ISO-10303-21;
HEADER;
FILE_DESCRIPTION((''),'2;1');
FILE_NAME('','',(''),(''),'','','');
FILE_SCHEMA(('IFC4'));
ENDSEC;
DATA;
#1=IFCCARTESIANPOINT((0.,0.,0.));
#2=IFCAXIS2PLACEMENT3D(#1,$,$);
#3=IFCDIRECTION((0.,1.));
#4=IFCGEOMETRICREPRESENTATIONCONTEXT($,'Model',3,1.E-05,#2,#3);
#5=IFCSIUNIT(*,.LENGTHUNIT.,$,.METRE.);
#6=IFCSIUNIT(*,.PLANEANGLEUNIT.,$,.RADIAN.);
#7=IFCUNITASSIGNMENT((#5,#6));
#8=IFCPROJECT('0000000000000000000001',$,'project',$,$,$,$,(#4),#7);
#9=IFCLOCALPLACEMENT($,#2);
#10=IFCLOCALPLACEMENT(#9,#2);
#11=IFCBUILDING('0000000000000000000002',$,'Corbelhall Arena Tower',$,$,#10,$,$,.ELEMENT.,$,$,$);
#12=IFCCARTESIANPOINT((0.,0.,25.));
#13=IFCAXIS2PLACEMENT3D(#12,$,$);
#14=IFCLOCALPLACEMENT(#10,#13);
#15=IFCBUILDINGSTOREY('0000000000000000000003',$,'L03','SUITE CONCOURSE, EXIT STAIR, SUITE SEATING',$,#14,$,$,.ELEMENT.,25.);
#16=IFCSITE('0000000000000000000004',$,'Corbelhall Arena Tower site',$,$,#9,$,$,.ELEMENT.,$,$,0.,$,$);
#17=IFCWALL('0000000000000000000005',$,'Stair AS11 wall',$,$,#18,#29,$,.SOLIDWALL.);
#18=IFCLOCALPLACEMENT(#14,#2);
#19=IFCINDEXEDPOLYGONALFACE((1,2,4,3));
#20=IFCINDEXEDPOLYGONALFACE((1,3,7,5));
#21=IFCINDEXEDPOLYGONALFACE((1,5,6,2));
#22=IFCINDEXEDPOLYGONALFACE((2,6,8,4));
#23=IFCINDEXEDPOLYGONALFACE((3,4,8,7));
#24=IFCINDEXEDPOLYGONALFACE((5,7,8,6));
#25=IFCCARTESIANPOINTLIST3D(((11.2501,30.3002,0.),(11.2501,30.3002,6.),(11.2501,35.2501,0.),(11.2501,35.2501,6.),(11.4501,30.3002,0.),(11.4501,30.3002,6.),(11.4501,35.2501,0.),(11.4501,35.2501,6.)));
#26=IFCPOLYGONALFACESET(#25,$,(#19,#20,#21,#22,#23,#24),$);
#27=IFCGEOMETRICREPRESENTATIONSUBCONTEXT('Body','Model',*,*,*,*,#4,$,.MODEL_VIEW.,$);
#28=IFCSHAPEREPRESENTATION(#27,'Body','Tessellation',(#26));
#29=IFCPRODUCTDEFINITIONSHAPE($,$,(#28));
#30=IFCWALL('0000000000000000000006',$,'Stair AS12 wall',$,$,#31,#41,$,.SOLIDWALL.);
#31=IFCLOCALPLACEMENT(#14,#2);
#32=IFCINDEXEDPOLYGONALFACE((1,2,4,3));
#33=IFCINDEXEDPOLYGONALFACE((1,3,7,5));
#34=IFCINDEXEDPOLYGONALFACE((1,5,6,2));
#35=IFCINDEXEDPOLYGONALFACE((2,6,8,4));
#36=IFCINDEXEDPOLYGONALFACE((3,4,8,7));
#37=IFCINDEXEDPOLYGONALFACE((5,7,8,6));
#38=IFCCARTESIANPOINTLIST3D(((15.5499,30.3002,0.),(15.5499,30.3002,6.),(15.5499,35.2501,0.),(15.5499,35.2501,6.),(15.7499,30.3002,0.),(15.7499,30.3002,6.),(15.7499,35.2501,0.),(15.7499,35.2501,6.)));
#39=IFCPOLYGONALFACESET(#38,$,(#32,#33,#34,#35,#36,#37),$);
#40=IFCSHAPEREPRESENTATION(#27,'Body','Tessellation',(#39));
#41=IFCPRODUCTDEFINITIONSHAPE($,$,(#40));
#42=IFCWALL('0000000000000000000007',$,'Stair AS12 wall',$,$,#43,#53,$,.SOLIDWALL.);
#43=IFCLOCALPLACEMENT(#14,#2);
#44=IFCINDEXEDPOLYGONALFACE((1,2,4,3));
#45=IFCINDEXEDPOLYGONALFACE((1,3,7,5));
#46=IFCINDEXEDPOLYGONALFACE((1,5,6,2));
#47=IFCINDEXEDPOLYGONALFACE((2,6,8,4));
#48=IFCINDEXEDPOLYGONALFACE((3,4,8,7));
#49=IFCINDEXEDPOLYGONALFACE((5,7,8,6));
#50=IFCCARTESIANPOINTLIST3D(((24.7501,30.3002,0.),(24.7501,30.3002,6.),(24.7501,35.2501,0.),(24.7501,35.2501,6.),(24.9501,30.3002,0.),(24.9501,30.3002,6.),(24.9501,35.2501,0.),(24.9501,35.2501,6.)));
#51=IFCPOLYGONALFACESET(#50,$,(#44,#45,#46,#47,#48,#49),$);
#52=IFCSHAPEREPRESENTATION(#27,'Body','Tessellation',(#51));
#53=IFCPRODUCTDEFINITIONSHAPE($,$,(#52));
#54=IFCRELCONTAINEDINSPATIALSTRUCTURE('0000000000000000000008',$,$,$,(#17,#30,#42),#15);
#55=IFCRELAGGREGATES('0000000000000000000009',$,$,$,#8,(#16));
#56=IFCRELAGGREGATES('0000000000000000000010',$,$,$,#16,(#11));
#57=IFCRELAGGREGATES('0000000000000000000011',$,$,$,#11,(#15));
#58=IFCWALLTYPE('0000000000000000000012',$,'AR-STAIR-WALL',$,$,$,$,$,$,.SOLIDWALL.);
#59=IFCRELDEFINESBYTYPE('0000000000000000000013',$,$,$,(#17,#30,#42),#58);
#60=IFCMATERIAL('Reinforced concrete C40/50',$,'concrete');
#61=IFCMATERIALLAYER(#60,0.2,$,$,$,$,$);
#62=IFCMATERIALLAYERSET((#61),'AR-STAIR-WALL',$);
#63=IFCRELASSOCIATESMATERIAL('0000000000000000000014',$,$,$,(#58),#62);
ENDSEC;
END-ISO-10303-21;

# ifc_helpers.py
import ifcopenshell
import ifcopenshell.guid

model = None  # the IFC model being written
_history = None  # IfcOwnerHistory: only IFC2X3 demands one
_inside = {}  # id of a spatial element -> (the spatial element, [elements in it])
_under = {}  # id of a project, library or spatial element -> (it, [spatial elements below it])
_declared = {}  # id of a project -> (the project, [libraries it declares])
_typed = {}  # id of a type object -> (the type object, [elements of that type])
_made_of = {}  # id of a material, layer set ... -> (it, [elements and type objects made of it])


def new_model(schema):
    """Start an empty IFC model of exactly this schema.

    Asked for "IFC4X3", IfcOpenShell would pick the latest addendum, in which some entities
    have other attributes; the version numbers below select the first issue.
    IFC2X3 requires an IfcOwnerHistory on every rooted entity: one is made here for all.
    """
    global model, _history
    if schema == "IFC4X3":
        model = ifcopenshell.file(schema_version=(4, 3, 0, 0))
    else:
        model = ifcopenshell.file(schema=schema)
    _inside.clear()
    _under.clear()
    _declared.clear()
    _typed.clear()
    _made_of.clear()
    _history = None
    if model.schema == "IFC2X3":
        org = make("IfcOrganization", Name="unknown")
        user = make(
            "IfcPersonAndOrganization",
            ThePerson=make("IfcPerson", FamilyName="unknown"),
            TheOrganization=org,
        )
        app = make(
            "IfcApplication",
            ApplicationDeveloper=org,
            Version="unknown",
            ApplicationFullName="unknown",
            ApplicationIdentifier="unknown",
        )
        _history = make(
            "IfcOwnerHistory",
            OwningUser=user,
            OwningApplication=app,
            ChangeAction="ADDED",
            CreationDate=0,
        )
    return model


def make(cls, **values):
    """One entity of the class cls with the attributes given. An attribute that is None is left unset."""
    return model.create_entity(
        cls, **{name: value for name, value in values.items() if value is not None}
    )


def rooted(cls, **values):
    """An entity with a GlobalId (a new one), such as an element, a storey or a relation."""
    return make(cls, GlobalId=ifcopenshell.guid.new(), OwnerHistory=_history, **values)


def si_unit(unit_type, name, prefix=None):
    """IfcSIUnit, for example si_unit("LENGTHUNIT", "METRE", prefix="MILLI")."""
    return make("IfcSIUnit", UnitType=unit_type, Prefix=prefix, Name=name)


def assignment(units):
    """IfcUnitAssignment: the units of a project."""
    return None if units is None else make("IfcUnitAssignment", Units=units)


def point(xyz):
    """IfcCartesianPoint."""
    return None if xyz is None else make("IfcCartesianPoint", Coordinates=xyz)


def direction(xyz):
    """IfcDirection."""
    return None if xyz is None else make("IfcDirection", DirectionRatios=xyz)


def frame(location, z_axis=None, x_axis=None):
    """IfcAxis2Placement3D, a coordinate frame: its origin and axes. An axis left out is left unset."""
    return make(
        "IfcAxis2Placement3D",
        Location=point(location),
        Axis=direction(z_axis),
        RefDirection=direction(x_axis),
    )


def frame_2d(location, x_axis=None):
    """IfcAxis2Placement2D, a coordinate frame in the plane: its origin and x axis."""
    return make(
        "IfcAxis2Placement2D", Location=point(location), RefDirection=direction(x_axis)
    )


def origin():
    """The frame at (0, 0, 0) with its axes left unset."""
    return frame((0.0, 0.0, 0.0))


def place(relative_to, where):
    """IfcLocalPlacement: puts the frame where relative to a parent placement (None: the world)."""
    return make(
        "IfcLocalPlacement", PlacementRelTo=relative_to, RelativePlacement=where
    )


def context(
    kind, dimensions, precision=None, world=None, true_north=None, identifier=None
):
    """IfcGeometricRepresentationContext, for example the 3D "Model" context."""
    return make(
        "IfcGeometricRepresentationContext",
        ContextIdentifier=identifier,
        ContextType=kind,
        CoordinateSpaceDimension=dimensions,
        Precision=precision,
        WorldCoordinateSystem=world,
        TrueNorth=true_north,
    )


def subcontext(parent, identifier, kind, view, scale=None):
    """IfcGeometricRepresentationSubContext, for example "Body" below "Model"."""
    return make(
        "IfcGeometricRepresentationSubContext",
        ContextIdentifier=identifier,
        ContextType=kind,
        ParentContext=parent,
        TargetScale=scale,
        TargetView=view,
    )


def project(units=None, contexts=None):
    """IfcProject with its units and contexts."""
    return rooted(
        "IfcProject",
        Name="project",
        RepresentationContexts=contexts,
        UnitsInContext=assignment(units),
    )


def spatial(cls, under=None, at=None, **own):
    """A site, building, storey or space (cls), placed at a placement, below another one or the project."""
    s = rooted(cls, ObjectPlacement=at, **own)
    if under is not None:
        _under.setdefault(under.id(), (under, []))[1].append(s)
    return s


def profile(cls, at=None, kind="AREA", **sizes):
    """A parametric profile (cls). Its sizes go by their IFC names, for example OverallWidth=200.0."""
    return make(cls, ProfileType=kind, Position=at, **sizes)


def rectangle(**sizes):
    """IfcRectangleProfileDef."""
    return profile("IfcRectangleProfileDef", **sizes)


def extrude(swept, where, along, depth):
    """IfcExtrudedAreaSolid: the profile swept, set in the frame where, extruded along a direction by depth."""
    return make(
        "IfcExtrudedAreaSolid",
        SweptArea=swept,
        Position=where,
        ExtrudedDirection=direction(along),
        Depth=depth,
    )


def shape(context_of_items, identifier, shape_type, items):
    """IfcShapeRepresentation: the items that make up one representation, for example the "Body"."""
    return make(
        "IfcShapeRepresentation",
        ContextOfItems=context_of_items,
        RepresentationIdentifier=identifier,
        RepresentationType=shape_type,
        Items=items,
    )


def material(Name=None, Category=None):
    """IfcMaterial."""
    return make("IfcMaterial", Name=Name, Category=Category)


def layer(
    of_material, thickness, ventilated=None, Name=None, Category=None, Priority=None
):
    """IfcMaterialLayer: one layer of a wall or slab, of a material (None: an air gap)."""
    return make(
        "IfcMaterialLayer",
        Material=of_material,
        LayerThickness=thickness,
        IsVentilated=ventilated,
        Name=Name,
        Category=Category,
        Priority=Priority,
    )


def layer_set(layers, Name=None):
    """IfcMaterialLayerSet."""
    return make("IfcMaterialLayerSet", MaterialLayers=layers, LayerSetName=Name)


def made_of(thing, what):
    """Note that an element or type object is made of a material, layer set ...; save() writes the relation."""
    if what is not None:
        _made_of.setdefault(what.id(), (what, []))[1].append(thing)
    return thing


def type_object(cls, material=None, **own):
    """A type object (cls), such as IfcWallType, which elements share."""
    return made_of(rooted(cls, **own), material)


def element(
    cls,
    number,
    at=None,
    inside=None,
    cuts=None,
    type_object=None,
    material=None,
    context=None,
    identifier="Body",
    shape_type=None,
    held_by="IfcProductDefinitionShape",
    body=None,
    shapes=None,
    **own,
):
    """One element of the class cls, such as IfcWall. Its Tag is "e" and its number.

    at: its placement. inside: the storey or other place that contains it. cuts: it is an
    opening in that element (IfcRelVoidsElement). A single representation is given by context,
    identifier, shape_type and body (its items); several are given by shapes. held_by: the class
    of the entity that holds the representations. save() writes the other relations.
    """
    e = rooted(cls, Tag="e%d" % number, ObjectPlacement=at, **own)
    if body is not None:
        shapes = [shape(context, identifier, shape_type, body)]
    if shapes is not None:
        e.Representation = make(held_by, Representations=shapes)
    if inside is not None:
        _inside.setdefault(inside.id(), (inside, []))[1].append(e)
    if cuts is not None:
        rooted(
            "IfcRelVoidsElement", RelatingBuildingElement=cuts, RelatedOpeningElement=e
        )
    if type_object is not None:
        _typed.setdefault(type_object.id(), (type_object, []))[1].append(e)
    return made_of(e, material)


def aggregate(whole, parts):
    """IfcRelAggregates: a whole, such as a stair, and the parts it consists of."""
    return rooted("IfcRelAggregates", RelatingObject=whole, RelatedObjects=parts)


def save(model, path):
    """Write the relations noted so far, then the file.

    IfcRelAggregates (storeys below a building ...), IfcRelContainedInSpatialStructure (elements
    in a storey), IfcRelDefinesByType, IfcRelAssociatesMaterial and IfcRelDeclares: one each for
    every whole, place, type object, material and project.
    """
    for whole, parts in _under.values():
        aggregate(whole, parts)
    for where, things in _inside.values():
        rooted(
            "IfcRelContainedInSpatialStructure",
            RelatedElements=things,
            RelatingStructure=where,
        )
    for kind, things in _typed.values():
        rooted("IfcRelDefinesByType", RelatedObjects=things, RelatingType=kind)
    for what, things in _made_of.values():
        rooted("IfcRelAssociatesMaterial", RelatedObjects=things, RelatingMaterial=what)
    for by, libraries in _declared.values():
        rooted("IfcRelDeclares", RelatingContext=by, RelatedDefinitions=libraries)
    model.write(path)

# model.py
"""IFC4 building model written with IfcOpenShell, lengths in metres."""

from ifc_helpers import new_model, si_unit, direction, frame, frame_2d, origin, place, context, subcontext, project, spatial, rectangle, extrude, material, layer, layer_set, type_object, element, save


model = new_model("IFC4")

# Units and contexts
model_context = context("Model", 3, precision=1e-05, world=origin(), true_north=direction((0.0, 1.0)))
body_context = subcontext(model_context, "Body", "Model", "MODEL_VIEW")
ifc_project = project(units=[si_unit("LENGTHUNIT", "METRE"), si_unit("PLANEANGLEUNIT", "RADIAN")], contexts=[model_context])

# Site, building, storey
site_placement = place(None, origin())
site = spatial("IfcSite", under=ifc_project, at=site_placement, Name="Corbelhall Arena Tower site", CompositionType="ELEMENT", RefElevation=0.0)
building_placement = place(site_placement, origin())
building = spatial("IfcBuilding", under=site, at=building_placement, Name="Corbelhall Arena Tower", CompositionType="ELEMENT")
storey_placement = place(building_placement, frame((0.0, 0.0, 25.0)))
storey = spatial("IfcBuildingStorey", under=building, at=storey_placement, Name="L03", Description="SUITE CONCOURSE, EXIT STAIR, SUITE SEATING", CompositionType="ELEMENT", Elevation=25.0)

# Shared definitions
ifc_material_1 = material(Name="Reinforced concrete C40/50", Category="concrete")

# Shared definitions
ifc_layer_1 = layer(ifc_material_1, 0.2)
ifc_layer_set_1 = layer_set([ifc_layer_1], Name="AR-STAIR-WALL")
wall_type_1 = type_object("IfcWallType", Name="AR-STAIR-WALL", PredefinedType="SOLIDWALL", material=ifc_layer_set_1)

# Wall
for number, where, z_axis, x_axis, name in (
    (1, (11.3501, 30.3, 0.0), (0.0, 0.0, 1.0), (0.0, 1.0, 0.0), "Stair AS11 wall"),
):
    element("IfcWall", number, at=place(storey_placement, frame(where, z_axis=z_axis, x_axis=x_axis)), inside=storey, type_object=wall_type_1, Name=name, PredefinedType="SOLIDWALL", context=body_context, shape_type="SweptSolid", body=[
        extrude(rectangle(XDim=4.95, YDim=0.2, at=frame_2d((2.4751, 0.0))), origin(), (0.0, 0.0, 1.0), 6.0),
    ])

# Walls
for number, where, z_axis, x_axis, name in (
    (2, (15.6499, 30.3, 0.0), (0.0, 0.0, 1.0), (0.0, 1.0, 0.0), "Stair AS12 wall"),
    (3, (24.8501, 30.3, 0.0), (0.0, 0.0, 1.0), (0.0, 1.0, 0.0), "Stair AS12 wall"),
):
    element("IfcWall", number, at=place(storey_placement, frame(where, z_axis=z_axis, x_axis=x_axis)), inside=storey, type_object=wall_type_1, Name=name, PredefinedType="SOLIDWALL", context=body_context, shape_type="SweptSolid", body=[
        extrude(rectangle(XDim=4.95, YDim=0.2, at=frame_2d((2.4751, 0.0))), origin(), (0.0, 0.0, 1.0), 6.0),
    ])

save(model, "model.ifc")
